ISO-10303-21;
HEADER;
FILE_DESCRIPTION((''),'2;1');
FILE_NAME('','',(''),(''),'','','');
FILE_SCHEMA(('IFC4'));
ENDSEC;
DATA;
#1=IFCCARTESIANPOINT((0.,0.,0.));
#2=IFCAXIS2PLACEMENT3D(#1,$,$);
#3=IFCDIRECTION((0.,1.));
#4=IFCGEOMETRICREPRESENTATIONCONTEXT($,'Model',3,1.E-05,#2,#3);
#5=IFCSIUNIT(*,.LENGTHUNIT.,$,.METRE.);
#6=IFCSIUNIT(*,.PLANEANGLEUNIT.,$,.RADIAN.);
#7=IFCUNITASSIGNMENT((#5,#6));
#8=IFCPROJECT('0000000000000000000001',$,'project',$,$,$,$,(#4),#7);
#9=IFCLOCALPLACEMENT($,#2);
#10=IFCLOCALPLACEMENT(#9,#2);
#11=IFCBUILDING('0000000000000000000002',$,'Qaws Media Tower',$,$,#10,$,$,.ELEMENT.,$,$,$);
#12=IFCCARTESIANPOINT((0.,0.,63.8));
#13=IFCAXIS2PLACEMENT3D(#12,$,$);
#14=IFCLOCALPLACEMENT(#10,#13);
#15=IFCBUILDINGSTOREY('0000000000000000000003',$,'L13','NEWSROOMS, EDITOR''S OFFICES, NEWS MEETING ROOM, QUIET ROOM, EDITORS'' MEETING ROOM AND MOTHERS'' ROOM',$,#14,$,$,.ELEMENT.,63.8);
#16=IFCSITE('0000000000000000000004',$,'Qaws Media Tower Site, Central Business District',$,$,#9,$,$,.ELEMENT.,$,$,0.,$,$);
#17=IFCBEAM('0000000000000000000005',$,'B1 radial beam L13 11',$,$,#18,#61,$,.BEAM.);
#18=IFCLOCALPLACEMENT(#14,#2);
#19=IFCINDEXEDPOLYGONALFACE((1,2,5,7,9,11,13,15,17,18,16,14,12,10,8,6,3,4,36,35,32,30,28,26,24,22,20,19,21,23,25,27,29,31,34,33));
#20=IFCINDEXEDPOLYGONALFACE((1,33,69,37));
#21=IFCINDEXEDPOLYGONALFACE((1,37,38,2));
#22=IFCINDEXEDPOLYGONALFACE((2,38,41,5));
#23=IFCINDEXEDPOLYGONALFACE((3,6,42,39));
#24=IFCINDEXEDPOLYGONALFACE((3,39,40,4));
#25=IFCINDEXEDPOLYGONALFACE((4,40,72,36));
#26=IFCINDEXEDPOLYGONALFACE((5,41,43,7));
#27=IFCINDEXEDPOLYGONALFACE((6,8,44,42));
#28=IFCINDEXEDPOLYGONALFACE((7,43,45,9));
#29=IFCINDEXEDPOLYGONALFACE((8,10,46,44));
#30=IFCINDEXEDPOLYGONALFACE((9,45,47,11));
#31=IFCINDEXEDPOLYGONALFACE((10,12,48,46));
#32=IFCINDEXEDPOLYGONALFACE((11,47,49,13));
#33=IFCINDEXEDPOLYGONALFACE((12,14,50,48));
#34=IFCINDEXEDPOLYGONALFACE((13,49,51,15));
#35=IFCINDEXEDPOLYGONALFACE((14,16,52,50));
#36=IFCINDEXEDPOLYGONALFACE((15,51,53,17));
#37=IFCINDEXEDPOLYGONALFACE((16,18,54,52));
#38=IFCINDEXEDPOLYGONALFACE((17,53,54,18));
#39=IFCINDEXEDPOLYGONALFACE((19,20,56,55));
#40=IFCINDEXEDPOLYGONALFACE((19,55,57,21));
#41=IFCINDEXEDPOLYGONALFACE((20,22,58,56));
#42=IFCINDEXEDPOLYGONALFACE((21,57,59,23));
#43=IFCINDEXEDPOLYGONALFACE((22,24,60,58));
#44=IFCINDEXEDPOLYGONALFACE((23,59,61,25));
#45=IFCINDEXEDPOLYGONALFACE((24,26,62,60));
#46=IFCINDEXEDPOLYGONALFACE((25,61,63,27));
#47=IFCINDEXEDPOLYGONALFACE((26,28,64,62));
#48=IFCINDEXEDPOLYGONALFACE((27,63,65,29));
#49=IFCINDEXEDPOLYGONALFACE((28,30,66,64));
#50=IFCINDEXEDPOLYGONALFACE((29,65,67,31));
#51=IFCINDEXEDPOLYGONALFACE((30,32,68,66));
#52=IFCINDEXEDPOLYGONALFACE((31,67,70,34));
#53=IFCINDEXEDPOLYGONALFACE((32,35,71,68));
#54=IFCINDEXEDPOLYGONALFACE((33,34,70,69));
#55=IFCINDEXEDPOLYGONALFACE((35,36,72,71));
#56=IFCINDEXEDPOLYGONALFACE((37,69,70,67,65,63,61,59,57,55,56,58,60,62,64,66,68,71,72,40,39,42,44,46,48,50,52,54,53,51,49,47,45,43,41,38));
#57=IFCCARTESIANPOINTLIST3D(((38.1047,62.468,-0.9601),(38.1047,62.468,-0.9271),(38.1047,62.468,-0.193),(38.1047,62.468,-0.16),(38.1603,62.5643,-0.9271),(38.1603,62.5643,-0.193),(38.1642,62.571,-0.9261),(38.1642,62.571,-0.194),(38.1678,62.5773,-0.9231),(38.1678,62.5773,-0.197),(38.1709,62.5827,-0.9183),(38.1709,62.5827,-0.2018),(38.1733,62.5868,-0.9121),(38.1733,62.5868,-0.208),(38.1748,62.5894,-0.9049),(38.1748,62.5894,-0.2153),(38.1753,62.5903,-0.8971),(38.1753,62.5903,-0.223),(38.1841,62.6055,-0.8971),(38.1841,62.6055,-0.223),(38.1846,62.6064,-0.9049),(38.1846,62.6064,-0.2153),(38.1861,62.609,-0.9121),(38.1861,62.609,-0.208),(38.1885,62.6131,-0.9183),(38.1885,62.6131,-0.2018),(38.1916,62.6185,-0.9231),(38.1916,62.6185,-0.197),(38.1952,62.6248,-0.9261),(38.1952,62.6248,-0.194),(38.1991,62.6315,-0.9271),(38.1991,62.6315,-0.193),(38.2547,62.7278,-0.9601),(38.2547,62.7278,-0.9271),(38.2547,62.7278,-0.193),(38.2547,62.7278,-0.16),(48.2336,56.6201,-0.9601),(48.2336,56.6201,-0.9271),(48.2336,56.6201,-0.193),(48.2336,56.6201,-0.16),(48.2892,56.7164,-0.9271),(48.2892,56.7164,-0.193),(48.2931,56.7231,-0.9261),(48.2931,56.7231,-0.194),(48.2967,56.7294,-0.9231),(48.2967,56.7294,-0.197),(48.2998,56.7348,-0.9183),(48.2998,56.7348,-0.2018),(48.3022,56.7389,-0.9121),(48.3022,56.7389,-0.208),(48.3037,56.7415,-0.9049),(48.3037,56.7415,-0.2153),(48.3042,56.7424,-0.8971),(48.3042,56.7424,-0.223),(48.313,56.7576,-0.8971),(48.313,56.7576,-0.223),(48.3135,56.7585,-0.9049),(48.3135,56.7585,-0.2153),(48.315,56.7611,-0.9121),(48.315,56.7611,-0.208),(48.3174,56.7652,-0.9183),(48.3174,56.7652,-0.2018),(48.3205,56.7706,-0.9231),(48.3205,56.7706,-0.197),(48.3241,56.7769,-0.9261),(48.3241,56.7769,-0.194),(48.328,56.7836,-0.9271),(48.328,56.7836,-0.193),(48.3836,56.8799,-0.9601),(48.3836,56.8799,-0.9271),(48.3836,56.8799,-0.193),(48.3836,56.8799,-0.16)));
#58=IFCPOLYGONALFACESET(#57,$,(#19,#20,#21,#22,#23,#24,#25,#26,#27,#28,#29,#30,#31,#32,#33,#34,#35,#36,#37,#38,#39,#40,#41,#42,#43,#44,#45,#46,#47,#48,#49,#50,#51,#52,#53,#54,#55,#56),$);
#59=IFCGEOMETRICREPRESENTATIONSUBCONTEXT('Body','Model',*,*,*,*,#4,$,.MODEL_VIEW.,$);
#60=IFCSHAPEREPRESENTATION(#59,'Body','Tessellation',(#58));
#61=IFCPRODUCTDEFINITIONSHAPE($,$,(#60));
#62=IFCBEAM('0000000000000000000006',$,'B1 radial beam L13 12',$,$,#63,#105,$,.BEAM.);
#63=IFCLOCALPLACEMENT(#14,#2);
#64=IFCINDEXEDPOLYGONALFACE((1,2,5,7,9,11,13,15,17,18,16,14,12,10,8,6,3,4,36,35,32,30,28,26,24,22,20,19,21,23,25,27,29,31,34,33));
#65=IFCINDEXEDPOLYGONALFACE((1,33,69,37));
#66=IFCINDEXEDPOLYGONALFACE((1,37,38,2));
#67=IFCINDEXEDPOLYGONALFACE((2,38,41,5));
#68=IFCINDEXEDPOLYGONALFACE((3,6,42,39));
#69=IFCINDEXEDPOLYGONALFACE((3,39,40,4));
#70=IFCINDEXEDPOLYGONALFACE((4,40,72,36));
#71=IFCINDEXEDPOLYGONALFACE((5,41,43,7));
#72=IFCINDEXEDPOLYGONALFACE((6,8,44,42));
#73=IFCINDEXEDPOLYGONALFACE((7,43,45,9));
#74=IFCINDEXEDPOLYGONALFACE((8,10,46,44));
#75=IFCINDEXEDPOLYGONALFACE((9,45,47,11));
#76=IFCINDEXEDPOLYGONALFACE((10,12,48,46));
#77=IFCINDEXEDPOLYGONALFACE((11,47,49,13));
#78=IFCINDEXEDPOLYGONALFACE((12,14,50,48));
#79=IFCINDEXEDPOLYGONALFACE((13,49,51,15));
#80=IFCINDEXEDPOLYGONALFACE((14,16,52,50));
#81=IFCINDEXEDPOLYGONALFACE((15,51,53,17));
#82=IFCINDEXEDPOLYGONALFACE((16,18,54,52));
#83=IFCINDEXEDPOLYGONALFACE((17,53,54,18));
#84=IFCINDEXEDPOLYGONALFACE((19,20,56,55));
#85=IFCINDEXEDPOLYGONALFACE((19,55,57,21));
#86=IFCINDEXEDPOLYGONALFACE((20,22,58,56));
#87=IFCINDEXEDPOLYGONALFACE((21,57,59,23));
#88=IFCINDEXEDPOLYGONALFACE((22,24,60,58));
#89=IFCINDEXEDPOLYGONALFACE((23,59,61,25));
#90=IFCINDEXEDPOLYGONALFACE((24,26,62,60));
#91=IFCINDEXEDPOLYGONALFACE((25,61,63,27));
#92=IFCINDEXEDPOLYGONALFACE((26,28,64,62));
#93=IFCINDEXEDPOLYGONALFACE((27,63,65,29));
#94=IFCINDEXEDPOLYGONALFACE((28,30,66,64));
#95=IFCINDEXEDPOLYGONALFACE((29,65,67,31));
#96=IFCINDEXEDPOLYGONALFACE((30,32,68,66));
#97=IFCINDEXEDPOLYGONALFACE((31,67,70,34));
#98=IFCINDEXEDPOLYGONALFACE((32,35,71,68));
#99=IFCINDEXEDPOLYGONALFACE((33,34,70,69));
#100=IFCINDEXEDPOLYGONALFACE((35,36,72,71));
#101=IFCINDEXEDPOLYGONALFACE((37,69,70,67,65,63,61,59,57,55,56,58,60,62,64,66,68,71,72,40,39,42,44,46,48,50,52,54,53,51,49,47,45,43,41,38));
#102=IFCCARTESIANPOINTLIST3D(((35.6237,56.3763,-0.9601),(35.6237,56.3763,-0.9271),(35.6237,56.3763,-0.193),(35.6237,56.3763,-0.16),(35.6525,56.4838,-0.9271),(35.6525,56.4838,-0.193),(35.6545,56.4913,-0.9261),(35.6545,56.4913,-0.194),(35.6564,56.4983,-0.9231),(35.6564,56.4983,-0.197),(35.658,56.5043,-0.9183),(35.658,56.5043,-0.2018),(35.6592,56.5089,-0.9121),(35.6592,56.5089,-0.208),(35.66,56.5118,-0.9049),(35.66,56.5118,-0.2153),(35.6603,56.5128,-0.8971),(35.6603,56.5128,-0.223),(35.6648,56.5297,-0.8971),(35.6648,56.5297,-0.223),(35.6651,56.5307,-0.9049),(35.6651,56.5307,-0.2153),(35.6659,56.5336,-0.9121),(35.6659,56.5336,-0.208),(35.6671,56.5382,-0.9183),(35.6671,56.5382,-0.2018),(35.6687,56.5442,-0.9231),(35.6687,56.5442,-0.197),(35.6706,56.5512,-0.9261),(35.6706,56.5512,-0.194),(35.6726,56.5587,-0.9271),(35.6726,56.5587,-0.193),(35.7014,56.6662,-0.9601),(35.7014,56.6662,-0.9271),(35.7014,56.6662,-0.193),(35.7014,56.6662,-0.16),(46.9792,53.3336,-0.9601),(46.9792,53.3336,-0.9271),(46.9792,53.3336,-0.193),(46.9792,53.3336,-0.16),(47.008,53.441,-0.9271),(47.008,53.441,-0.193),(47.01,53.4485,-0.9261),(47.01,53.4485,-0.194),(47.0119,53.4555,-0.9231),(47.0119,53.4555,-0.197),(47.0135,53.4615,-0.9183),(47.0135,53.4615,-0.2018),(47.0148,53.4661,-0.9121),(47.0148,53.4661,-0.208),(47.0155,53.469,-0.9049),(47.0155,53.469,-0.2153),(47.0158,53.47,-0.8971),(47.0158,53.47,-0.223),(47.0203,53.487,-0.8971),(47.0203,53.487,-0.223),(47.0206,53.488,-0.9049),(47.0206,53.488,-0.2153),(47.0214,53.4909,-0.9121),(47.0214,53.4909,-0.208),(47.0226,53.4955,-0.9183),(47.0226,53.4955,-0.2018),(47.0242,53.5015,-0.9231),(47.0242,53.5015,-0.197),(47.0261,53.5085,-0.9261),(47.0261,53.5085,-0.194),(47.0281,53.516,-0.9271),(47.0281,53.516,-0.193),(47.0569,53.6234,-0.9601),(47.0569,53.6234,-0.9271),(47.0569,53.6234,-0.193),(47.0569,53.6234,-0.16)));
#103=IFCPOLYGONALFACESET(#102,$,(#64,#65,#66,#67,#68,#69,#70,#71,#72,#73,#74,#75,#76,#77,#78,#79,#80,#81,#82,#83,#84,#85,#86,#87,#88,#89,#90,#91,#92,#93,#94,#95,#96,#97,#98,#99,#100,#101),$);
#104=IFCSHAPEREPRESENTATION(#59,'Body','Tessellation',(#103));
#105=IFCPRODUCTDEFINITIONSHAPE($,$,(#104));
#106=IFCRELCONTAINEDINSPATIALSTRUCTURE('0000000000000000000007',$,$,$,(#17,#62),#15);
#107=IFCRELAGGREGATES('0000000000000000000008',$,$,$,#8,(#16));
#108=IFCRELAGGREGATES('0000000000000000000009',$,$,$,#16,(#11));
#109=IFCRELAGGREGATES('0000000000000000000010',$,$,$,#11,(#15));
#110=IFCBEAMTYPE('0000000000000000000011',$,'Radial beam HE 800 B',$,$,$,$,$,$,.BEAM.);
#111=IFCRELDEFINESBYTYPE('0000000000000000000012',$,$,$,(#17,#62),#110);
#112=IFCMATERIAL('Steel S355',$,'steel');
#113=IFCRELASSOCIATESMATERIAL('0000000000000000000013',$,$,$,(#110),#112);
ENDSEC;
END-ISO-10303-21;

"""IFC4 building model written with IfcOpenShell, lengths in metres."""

from ifc_helpers import new_model, si_unit, direction, frame, origin, origin_2d, place, context, subcontext, project, spatial, i_section, extrude, material, material_profile, profile_set, type_object, element, save


model = new_model("IFC4")

# Units and contexts
model_context = context("Model", 3, precision=1e-05, world=origin(), true_north=direction((0.0, 1.0)))
body_context = subcontext(model_context, "Body", "Model", "MODEL_VIEW")
ifc_project = project(units=[si_unit("LENGTHUNIT", "METRE"), si_unit("PLANEANGLEUNIT", "RADIAN")], contexts=[model_context])

# Site, building, storey
site_placement = place(None, origin())
site = spatial("IfcSite", under=ifc_project, at=site_placement, Name="Qaws Media Tower Site, Central Business District", CompositionType="ELEMENT", RefElevation=0.0)
building_placement = place(site_placement, origin())
building = spatial("IfcBuilding", under=site, at=building_placement, Name="Qaws Media Tower", CompositionType="ELEMENT")
storey_placement = place(building_placement, frame((0.0, 0.0, 63.8)))
storey = spatial("IfcBuildingStorey", under=building, at=storey_placement, Name="L13", Description="NEWSROOMS, EDITOR'S OFFICES, NEWS MEETING ROOM, QUIET ROOM, EDITORS' MEETING ROOM AND MOTHERS' ROOM", CompositionType="ELEMENT", Elevation=63.8)

# Beams
ifc_material_1 = material(Name="Steel S355", Category="steel")
ifc_material_profile_1 = material_profile(ifc_material_1, i_section(OverallWidth=0.3, OverallDepth=0.8, WebThickness=0.0176, FlangeThickness=0.033, FilletRadius=0.03, at=origin_2d()), Name="HE 800 B")
ifc_profile_set_1 = profile_set([ifc_material_profile_1], Name="Steel S355")
beam_type_1 = type_object("IfcBeamType", Name="Radial beam HE 800 B", PredefinedType="BEAM", material=ifc_profile_set_1)
beam_1_placement = place(storey_placement, frame((48.3086, 56.75, -0.5601), z_axis=(-0.866026, 0.499998, 0.0), x_axis=(-0.499998, -0.866026, 0.0)))
element("IfcBeam", 1, at=beam_1_placement, inside=storey, type_object=beam_type_1, Name="B1 radial beam L13 11", PredefinedType="BEAM", context=body_context, shape_type="SweptSolid", body=[
    extrude(i_section(OverallWidth=0.3, OverallDepth=0.8, WebThickness=0.0176, FlangeThickness=0.033, FilletRadius=0.03, at=origin_2d()), origin(), (0.0, 0.0, 1.0), 11.6958),
])
beam_2_placement = place(storey_placement, frame((47.0181, 53.4785, -0.5601), z_axis=(-0.965925, 0.258822, 0.0), x_axis=(-0.258822, -0.965925, 0.0)))
element("IfcBeam", 2, at=beam_2_placement, inside=storey, type_object=beam_type_1, Name="B1 radial beam L13 12", PredefinedType="BEAM", context=body_context, shape_type="SweptSolid", body=[
    extrude(i_section(OverallWidth=0.3, OverallDepth=0.8, WebThickness=0.0176, FlangeThickness=0.033, FilletRadius=0.03, at=origin_2d()), origin(), (0.0, 0.0, 1.0), 11.7561),
])

save(model, "model.ifc")
